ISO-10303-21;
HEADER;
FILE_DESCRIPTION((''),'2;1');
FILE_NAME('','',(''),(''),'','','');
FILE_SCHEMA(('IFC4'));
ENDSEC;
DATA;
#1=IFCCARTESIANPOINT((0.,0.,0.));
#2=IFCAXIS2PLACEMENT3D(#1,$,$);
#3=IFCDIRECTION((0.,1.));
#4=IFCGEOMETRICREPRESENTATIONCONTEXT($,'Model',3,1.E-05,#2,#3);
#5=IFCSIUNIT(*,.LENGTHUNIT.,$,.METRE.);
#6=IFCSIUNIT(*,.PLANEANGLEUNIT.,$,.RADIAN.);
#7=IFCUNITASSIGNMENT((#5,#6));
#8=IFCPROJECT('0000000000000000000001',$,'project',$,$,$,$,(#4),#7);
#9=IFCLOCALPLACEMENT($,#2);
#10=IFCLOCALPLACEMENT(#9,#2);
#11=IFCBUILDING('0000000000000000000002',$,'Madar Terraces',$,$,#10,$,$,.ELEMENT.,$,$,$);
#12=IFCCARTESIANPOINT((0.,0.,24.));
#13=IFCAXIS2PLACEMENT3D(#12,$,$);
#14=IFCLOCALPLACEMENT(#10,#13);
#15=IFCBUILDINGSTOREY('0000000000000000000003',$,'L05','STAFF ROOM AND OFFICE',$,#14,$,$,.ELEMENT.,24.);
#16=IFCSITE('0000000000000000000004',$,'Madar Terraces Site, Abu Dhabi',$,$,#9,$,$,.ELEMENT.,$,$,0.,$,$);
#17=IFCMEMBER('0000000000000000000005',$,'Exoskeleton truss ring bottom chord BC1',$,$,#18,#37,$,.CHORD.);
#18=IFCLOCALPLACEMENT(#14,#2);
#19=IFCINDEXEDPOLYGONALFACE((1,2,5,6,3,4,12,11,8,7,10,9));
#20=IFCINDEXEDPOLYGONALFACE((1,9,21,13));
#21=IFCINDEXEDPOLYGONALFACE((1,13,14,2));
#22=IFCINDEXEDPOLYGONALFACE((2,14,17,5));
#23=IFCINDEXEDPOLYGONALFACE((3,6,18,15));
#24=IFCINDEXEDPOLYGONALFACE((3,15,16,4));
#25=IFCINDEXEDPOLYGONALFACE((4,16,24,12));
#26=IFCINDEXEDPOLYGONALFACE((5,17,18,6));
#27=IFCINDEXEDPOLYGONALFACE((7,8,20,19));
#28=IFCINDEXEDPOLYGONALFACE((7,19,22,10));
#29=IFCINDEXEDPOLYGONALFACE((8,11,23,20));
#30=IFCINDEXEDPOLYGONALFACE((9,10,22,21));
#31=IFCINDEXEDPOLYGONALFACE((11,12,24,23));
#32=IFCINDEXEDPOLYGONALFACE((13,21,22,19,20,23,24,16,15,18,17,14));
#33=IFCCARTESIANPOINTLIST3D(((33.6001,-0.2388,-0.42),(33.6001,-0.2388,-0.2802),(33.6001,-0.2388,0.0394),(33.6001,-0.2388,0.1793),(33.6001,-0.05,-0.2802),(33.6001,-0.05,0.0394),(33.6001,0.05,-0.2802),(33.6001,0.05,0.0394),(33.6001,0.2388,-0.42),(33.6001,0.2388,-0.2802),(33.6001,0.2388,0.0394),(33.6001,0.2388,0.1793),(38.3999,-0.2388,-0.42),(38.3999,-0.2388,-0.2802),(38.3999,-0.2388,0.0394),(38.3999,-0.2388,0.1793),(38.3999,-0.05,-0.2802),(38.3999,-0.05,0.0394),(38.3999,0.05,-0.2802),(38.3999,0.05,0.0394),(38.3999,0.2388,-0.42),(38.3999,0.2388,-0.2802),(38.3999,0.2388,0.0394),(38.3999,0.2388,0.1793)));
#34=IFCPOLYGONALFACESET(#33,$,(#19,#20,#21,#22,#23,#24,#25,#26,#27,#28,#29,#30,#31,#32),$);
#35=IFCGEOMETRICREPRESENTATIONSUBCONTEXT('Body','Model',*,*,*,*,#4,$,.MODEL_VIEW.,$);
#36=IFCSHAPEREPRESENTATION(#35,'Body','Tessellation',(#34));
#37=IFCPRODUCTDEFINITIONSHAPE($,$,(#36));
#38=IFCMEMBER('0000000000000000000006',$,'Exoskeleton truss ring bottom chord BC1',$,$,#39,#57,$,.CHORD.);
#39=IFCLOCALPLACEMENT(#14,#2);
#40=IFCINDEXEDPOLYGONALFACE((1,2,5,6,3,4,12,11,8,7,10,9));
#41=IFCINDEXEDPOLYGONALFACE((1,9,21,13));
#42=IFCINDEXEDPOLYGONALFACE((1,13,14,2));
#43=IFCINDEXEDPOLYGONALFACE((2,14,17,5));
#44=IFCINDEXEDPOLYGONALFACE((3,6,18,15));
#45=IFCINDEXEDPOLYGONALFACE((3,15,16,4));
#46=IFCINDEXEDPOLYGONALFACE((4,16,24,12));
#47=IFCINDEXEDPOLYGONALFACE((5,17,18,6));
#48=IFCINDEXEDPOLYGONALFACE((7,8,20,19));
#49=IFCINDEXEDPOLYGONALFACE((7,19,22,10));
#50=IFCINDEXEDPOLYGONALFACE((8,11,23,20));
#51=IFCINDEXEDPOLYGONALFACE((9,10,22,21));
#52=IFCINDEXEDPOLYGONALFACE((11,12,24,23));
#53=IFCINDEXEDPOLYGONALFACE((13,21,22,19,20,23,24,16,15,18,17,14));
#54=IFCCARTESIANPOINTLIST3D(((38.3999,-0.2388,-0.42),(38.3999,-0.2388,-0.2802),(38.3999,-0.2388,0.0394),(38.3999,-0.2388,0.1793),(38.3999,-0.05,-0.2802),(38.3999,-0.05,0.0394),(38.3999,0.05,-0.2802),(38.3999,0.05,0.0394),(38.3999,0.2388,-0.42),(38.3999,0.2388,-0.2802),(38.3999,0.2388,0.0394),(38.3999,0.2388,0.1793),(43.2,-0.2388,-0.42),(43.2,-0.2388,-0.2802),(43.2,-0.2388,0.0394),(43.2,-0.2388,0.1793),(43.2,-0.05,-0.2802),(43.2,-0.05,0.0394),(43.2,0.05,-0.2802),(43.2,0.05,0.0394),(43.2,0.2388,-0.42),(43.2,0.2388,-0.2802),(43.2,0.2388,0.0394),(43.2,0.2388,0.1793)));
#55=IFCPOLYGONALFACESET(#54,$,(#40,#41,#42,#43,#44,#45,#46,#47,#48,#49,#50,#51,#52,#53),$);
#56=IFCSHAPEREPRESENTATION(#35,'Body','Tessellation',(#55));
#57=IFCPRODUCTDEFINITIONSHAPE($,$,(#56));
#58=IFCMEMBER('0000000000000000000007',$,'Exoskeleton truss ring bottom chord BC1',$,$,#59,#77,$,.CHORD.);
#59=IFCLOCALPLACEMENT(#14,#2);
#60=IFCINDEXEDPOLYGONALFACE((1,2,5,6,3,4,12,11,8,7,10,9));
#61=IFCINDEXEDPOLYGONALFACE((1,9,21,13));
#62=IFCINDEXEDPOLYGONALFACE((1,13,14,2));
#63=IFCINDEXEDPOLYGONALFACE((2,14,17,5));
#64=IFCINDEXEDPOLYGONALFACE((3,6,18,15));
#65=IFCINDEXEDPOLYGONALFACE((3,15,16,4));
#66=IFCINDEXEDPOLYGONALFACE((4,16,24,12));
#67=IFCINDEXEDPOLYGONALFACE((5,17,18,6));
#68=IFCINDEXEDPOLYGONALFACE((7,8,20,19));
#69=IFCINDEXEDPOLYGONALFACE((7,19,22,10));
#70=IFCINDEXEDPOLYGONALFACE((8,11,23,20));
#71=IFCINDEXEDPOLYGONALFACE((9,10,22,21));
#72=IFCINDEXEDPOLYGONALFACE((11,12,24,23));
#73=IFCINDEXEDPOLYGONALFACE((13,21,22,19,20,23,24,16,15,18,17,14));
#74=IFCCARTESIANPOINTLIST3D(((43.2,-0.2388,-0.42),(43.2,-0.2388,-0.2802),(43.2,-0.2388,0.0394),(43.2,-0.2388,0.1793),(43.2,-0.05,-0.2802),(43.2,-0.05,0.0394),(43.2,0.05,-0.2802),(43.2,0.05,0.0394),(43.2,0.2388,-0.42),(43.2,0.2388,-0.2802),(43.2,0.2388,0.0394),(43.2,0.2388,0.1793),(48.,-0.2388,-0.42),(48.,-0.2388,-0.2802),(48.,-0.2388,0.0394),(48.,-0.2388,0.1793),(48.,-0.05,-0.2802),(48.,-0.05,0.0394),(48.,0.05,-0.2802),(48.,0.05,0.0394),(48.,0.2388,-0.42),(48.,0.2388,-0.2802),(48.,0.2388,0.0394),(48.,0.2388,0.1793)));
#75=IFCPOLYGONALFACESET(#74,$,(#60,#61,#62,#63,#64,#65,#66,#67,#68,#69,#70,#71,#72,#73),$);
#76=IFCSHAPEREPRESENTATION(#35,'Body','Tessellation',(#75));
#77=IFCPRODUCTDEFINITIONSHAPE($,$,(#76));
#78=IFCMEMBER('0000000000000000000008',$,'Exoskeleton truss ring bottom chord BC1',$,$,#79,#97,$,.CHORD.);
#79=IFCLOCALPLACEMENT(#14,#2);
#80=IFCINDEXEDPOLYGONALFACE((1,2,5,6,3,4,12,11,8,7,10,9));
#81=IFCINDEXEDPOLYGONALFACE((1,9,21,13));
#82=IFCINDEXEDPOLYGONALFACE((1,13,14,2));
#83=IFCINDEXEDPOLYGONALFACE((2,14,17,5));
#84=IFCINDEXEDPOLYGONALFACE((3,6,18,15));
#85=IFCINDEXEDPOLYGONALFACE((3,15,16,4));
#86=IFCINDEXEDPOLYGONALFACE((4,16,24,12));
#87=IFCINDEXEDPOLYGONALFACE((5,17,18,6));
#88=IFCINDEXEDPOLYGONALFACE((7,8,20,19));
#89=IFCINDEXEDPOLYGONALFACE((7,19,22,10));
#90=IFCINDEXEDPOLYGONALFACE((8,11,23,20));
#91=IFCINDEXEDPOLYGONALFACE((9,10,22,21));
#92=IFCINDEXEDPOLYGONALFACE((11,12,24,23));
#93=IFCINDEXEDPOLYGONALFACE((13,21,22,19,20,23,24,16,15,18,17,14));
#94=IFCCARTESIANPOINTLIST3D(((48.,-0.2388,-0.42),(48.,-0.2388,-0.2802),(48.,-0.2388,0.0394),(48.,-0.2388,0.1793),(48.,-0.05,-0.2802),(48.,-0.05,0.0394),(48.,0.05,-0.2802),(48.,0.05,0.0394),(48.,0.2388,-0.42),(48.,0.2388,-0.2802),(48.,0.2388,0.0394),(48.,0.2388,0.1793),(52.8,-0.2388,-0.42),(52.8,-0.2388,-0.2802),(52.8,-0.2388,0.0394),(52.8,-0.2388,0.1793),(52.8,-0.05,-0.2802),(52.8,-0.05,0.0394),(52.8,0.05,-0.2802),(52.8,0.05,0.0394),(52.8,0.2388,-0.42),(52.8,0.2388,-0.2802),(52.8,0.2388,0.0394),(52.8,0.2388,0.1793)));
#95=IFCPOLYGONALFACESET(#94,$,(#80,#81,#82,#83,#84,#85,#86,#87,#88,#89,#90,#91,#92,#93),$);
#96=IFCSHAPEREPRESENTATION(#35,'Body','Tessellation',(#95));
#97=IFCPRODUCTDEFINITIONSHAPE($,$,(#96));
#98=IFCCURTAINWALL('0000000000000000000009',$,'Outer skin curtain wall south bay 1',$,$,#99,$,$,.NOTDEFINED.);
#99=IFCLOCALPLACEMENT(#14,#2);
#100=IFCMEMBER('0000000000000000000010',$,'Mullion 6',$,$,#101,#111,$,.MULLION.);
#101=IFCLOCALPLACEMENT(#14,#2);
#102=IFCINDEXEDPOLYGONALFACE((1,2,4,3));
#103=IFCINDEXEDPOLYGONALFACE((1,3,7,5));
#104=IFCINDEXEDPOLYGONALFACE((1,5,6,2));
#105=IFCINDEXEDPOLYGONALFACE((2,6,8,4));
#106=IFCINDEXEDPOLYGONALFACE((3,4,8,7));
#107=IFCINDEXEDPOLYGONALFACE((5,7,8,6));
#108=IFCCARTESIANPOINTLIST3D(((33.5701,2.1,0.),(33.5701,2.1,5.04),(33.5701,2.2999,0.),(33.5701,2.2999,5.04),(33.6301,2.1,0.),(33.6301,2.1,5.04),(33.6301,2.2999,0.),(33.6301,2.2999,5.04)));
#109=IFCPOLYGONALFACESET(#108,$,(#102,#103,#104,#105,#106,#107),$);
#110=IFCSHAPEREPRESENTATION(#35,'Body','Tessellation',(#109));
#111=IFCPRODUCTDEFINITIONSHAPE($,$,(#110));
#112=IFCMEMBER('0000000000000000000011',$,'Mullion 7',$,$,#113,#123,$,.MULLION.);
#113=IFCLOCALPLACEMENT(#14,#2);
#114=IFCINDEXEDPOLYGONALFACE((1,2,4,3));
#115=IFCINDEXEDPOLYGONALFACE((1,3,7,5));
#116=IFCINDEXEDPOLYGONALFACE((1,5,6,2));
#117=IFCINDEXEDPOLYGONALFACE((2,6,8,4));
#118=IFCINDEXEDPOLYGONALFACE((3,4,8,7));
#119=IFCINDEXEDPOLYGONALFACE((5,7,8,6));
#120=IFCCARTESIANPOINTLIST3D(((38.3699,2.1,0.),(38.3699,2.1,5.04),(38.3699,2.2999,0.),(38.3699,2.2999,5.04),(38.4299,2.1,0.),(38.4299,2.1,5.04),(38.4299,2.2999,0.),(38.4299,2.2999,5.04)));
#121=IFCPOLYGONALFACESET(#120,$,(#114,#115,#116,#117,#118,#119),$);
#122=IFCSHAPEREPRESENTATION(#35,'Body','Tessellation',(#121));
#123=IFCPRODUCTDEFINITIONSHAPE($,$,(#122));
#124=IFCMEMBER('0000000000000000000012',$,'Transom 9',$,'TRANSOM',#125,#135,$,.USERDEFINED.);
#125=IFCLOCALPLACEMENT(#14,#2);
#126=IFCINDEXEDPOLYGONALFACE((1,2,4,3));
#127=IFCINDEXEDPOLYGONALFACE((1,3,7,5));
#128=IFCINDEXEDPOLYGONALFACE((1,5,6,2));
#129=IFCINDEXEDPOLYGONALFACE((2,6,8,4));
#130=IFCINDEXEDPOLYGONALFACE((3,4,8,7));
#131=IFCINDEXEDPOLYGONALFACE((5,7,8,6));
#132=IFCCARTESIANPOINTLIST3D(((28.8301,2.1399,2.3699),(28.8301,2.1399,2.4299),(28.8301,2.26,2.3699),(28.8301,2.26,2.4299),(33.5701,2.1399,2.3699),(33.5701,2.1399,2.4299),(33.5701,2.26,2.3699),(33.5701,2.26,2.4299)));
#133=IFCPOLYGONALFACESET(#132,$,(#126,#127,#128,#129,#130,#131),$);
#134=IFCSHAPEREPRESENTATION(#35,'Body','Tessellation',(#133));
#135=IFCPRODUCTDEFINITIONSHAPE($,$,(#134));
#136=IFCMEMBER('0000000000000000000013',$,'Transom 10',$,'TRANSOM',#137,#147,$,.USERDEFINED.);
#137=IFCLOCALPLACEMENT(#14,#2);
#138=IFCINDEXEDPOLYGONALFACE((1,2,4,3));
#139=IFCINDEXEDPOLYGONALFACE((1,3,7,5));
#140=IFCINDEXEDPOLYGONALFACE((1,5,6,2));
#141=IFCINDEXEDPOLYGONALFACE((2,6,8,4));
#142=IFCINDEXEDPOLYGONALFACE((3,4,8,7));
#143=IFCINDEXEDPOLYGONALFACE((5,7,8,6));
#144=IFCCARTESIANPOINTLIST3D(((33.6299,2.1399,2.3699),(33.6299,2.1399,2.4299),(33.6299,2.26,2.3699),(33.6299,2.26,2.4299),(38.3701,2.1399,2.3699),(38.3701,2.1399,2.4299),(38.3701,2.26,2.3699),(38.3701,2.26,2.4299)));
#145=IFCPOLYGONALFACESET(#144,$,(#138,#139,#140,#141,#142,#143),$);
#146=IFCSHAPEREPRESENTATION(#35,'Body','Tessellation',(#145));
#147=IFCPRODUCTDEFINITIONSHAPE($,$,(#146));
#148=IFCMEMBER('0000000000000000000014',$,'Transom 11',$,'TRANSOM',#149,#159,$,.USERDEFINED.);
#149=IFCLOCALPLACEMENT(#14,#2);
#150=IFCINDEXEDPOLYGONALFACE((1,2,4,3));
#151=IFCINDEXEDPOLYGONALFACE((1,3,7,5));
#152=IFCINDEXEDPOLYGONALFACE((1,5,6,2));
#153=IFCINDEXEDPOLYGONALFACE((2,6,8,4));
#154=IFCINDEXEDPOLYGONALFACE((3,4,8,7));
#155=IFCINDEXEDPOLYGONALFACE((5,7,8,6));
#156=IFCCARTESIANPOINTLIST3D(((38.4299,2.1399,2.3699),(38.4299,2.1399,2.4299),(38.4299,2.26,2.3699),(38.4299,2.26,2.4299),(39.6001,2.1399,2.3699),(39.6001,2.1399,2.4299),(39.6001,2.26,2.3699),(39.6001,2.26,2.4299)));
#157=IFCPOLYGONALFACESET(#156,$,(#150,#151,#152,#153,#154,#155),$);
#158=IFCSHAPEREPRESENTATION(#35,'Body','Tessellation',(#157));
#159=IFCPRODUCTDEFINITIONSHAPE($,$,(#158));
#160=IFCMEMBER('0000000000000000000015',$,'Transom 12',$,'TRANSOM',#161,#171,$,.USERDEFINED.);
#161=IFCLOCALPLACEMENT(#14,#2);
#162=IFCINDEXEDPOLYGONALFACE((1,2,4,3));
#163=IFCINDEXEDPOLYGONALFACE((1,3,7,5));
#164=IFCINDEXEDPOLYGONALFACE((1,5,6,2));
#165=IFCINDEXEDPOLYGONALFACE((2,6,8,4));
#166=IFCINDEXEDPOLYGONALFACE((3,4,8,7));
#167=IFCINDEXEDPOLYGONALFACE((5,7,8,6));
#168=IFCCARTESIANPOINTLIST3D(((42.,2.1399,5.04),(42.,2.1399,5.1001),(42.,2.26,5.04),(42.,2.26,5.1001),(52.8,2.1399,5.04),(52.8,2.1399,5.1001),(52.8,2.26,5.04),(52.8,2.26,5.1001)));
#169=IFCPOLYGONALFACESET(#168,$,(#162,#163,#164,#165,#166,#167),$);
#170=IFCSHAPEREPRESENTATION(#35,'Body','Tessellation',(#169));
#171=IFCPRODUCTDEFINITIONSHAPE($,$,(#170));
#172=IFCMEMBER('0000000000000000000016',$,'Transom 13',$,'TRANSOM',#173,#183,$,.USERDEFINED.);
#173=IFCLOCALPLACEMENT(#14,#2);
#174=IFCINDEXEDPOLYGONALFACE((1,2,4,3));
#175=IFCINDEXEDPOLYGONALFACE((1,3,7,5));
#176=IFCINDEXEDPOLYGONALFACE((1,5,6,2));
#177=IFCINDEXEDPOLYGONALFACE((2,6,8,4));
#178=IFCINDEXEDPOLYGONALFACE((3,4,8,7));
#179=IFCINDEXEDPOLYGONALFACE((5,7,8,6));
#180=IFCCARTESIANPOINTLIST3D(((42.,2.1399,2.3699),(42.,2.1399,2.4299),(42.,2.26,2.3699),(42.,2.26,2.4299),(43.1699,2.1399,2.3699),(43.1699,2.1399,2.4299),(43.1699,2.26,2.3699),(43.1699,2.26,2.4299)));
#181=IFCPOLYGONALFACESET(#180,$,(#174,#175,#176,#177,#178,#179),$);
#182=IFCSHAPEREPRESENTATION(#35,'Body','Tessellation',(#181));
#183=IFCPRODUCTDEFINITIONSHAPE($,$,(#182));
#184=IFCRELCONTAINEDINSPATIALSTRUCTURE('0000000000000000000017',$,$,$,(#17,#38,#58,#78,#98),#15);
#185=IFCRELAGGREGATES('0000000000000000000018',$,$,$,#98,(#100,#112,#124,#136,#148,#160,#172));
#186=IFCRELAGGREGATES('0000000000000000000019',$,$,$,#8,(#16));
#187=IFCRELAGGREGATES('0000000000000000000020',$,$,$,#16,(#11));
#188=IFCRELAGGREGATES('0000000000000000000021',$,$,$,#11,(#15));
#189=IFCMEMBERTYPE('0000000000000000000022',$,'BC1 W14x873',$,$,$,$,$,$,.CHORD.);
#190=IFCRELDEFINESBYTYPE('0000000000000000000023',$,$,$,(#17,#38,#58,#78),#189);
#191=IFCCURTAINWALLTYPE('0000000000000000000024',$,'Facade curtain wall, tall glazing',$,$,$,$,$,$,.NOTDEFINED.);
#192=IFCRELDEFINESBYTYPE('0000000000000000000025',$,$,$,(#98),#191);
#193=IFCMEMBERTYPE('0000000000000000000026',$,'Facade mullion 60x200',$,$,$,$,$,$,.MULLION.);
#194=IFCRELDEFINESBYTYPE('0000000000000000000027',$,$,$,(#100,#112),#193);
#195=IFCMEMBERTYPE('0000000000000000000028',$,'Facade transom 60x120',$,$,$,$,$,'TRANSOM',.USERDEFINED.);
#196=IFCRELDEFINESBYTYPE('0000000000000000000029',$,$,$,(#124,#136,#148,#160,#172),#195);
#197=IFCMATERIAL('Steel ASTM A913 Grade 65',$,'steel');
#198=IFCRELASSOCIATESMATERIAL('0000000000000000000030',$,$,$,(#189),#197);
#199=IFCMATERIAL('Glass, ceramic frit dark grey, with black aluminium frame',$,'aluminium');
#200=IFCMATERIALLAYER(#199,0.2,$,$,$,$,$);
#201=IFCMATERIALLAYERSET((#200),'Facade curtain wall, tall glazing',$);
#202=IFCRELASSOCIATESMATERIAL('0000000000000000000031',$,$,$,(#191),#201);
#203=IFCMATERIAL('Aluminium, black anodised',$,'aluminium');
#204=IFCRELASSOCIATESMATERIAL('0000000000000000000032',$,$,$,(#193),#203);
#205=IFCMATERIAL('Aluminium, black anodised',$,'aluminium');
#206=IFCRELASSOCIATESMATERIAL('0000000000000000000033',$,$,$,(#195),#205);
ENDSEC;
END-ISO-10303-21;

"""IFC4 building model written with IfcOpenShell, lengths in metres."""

from ifc_helpers import new_model, si_unit, direction, frame, origin, origin_2d, place, context, subcontext, project, spatial, rectangle, i_section, extrude, material, layer, layer_set, material_profile, profile_set, type_object, element, aggregate, save


model = new_model("IFC4")

# Units and contexts
model_context = context("Model", 3, precision=1e-05, world=origin(), true_north=direction((0.0, 1.0)))
body_context = subcontext(model_context, "Body", "Model", "MODEL_VIEW")
ifc_project = project(units=[si_unit("LENGTHUNIT", "METRE"), si_unit("PLANEANGLEUNIT", "RADIAN")], contexts=[model_context])

# Site, building, storey
site_placement = place(None, origin())
site = spatial("IfcSite", under=ifc_project, at=site_placement, Name="Madar Terraces Site, Abu Dhabi", CompositionType="ELEMENT", RefElevation=0.0)
building_placement = place(site_placement, origin())
building = spatial("IfcBuilding", under=site, at=building_placement, Name="Madar Terraces", CompositionType="ELEMENT")
storey_placement = place(building_placement, frame((0.0, 0.0, 24.0)))
storey = spatial("IfcBuildingStorey", under=building, at=storey_placement, Name="L05", Description="STAFF ROOM AND OFFICE", CompositionType="ELEMENT", Elevation=24.0)

# Members
ifc_material_1 = material(Name="Steel ASTM A913 Grade 65", Category="steel")
ifc_material_profile_1 = material_profile(ifc_material_1, i_section(OverallWidth=0.4775, OverallDepth=0.5994, WebThickness=0.1001, FlangeThickness=0.1399, at=origin_2d()), Name="W14x873")
ifc_profile_set_1 = profile_set([ifc_material_profile_1], Name="Steel ASTM A913 Grade 65")
member_type_1 = type_object("IfcMemberType", Name="BC1 W14x873", PredefinedType="CHORD", material=ifc_profile_set_1)
member_1_placement = place(storey_placement, frame((33.6001, 0.0, -0.1204), z_axis=(1.0, 0.0, 0.0), x_axis=(0.0, 1.0, 0.0)))
element("IfcMember", 1, at=member_1_placement, inside=storey, type_object=member_type_1, Name="Exoskeleton truss ring bottom chord BC1", PredefinedType="CHORD", context=body_context, shape_type="SweptSolid", body=[
    extrude(i_section(OverallWidth=0.4775, OverallDepth=0.5994, WebThickness=0.1001, FlangeThickness=0.1399, at=origin_2d()), origin(), (0.0, 0.0, 1.0), 4.7998),
])
for number, where, z_axis, x_axis, name in (
    (2, (38.3999, 0.0, -0.1204), (1.0, 0.0, 0.0), (0.0, 1.0, 0.0), "Exoskeleton truss ring bottom chord BC1"),
    (3, (43.2, 0.0, -0.1204), (1.0, 0.0, 0.0), (0.0, 1.0, 0.0), "Exoskeleton truss ring bottom chord BC1"),
    (4, (48.0, 0.0, -0.1204), (1.0, 0.0, 0.0), (0.0, 1.0, 0.0), "Exoskeleton truss ring bottom chord BC1"),
):
    element("IfcMember", number, at=place(storey_placement, frame(where, z_axis=z_axis, x_axis=x_axis)), inside=storey, type_object=member_type_1, Name=name, PredefinedType="CHORD", context=body_context, shape_type="SweptSolid", body=[
        extrude(i_section(OverallWidth=0.4775, OverallDepth=0.5994, WebThickness=0.1001, FlangeThickness=0.1399, at=origin_2d()), origin(), (0.0, 0.0, 1.0), 4.8),
    ])

# Curtain wall, members
ifc_material_2 = material(Name="Glass, ceramic frit dark grey, with black aluminium frame", Category="aluminium")
ifc_layer_1 = layer(ifc_material_2, 0.2)
ifc_layer_set_1 = layer_set([ifc_layer_1], Name="Facade curtain wall, tall glazing")
curtain_wall_type = type_object("IfcCurtainWallType", Name="Facade curtain wall, tall glazing", PredefinedType="NOTDEFINED", material=ifc_layer_set_1)
curtain_wall_placement = place(storey_placement, origin())
curtain_wall = element("IfcCurtainWall", 5, at=curtain_wall_placement, inside=storey, type_object=curtain_wall_type, Name="Outer skin curtain wall south bay 1", PredefinedType="NOTDEFINED")
ifc_material_3 = material(Name="Aluminium, black anodised", Category="aluminium")
ifc_material_profile_2 = material_profile(ifc_material_3, rectangle(XDim=0.2, YDim=0.0601, at=origin_2d()), Name="Facade mullion 60x200")
ifc_profile_set_2 = profile_set([ifc_material_profile_2], Name="Aluminium, black anodised")
member_type_2 = type_object("IfcMemberType", Name="Facade mullion 60x200", PredefinedType="MULLION", material=ifc_profile_set_2)
member_2_placement = place(storey_placement, frame((33.6001, 2.2, 0.0), z_axis=(0.0, 0.0, 1.0), x_axis=(0.0, 1.0, 0.0)))
member_2 = element("IfcMember", 6, at=member_2_placement, type_object=member_type_2, Name="Mullion 6", PredefinedType="MULLION", context=body_context, shape_type="SweptSolid", body=[
    extrude(rectangle(XDim=0.2, YDim=0.0601, at=origin_2d()), origin(), (0.0, 0.0, 1.0), 5.04),
])
member_3_placement = place(storey_placement, frame((38.3999, 2.2, 0.0), z_axis=(0.0, 0.0, 1.0), x_axis=(0.0, 1.0, 0.0)))
member_3 = element("IfcMember", 7, at=member_3_placement, type_object=member_type_2, Name="Mullion 7", PredefinedType="MULLION", context=body_context, shape_type="SweptSolid", body=[
    extrude(rectangle(XDim=0.2, YDim=0.0601, at=origin_2d()), origin(), (0.0, 0.0, 1.0), 5.04),
])
ifc_material_4 = material(Name="Aluminium, black anodised", Category="aluminium")
ifc_material_profile_3 = material_profile(ifc_material_4, rectangle(XDim=0.1201, YDim=0.0601, at=origin_2d()), Name="Facade transom 60x120")
ifc_profile_set_3 = profile_set([ifc_material_profile_3], Name="Aluminium, black anodised")
member_type_3 = type_object("IfcMemberType", Name="Facade transom 60x120", ElementType="TRANSOM", PredefinedType="USERDEFINED", material=ifc_profile_set_3)
member_4_placement = place(storey_placement, frame((28.8301, 2.2, 2.3999), z_axis=(1.0, 0.0, 0.0), x_axis=(0.0, 1.0, 0.0)))
member_4 = element("IfcMember", 8, at=member_4_placement, type_object=member_type_3, Name="Transom 9", ObjectType="TRANSOM", PredefinedType="USERDEFINED", context=body_context, shape_type="SweptSolid", body=[
    extrude(rectangle(XDim=0.1201, YDim=0.0601, at=origin_2d()), origin(), (0.0, 0.0, 1.0), 4.74),
])
member_5_placement = place(storey_placement, frame((33.6299, 2.2, 2.3999), z_axis=(1.0, 0.0, 0.0), x_axis=(0.0, 1.0, 0.0)))
member_5 = element("IfcMember", 9, at=member_5_placement, type_object=member_type_3, Name="Transom 10", ObjectType="TRANSOM", PredefinedType="USERDEFINED", context=body_context, shape_type="SweptSolid", body=[
    extrude(rectangle(XDim=0.1201, YDim=0.0601, at=origin_2d()), origin(), (0.0, 0.0, 1.0), 4.7402),
])
member_6_placement = place(storey_placement, frame((38.4299, 2.2, 2.3999), z_axis=(1.0, 0.0, 0.0), x_axis=(0.0, 1.0, 0.0)))
member_6 = element("IfcMember", 10, at=member_6_placement, type_object=member_type_3, Name="Transom 11", ObjectType="TRANSOM", PredefinedType="USERDEFINED", context=body_context, shape_type="SweptSolid", body=[
    extrude(rectangle(XDim=0.1201, YDim=0.0601, at=origin_2d()), origin(), (0.0, 0.0, 1.0), 1.1702),
])
member_7_placement = place(storey_placement, frame((42.0, 2.2, 5.0701), z_axis=(1.0, 0.0, 0.0), x_axis=(0.0, 1.0, 0.0)))
member_7 = element("IfcMember", 11, at=member_7_placement, type_object=member_type_3, Name="Transom 12", ObjectType="TRANSOM", PredefinedType="USERDEFINED", context=body_context, shape_type="SweptSolid", body=[
    extrude(rectangle(XDim=0.1201, YDim=0.0601, at=origin_2d()), origin(), (0.0, 0.0, 1.0), 10.8),
])
member_8_placement = place(storey_placement, frame((42.0, 2.2, 2.3999), z_axis=(1.0, 0.0, 0.0), x_axis=(0.0, 1.0, 0.0)))
member_8 = element("IfcMember", 12, at=member_8_placement, type_object=member_type_3, Name="Transom 13", ObjectType="TRANSOM", PredefinedType="USERDEFINED", context=body_context, shape_type="SweptSolid", body=[
    extrude(rectangle(XDim=0.1201, YDim=0.0601, at=origin_2d()), origin(), (0.0, 0.0, 1.0), 1.1699),
])

aggregate(curtain_wall, [member_2, member_3, member_4, member_5, member_6, member_7, member_8])

save(model, "model.ifc")
